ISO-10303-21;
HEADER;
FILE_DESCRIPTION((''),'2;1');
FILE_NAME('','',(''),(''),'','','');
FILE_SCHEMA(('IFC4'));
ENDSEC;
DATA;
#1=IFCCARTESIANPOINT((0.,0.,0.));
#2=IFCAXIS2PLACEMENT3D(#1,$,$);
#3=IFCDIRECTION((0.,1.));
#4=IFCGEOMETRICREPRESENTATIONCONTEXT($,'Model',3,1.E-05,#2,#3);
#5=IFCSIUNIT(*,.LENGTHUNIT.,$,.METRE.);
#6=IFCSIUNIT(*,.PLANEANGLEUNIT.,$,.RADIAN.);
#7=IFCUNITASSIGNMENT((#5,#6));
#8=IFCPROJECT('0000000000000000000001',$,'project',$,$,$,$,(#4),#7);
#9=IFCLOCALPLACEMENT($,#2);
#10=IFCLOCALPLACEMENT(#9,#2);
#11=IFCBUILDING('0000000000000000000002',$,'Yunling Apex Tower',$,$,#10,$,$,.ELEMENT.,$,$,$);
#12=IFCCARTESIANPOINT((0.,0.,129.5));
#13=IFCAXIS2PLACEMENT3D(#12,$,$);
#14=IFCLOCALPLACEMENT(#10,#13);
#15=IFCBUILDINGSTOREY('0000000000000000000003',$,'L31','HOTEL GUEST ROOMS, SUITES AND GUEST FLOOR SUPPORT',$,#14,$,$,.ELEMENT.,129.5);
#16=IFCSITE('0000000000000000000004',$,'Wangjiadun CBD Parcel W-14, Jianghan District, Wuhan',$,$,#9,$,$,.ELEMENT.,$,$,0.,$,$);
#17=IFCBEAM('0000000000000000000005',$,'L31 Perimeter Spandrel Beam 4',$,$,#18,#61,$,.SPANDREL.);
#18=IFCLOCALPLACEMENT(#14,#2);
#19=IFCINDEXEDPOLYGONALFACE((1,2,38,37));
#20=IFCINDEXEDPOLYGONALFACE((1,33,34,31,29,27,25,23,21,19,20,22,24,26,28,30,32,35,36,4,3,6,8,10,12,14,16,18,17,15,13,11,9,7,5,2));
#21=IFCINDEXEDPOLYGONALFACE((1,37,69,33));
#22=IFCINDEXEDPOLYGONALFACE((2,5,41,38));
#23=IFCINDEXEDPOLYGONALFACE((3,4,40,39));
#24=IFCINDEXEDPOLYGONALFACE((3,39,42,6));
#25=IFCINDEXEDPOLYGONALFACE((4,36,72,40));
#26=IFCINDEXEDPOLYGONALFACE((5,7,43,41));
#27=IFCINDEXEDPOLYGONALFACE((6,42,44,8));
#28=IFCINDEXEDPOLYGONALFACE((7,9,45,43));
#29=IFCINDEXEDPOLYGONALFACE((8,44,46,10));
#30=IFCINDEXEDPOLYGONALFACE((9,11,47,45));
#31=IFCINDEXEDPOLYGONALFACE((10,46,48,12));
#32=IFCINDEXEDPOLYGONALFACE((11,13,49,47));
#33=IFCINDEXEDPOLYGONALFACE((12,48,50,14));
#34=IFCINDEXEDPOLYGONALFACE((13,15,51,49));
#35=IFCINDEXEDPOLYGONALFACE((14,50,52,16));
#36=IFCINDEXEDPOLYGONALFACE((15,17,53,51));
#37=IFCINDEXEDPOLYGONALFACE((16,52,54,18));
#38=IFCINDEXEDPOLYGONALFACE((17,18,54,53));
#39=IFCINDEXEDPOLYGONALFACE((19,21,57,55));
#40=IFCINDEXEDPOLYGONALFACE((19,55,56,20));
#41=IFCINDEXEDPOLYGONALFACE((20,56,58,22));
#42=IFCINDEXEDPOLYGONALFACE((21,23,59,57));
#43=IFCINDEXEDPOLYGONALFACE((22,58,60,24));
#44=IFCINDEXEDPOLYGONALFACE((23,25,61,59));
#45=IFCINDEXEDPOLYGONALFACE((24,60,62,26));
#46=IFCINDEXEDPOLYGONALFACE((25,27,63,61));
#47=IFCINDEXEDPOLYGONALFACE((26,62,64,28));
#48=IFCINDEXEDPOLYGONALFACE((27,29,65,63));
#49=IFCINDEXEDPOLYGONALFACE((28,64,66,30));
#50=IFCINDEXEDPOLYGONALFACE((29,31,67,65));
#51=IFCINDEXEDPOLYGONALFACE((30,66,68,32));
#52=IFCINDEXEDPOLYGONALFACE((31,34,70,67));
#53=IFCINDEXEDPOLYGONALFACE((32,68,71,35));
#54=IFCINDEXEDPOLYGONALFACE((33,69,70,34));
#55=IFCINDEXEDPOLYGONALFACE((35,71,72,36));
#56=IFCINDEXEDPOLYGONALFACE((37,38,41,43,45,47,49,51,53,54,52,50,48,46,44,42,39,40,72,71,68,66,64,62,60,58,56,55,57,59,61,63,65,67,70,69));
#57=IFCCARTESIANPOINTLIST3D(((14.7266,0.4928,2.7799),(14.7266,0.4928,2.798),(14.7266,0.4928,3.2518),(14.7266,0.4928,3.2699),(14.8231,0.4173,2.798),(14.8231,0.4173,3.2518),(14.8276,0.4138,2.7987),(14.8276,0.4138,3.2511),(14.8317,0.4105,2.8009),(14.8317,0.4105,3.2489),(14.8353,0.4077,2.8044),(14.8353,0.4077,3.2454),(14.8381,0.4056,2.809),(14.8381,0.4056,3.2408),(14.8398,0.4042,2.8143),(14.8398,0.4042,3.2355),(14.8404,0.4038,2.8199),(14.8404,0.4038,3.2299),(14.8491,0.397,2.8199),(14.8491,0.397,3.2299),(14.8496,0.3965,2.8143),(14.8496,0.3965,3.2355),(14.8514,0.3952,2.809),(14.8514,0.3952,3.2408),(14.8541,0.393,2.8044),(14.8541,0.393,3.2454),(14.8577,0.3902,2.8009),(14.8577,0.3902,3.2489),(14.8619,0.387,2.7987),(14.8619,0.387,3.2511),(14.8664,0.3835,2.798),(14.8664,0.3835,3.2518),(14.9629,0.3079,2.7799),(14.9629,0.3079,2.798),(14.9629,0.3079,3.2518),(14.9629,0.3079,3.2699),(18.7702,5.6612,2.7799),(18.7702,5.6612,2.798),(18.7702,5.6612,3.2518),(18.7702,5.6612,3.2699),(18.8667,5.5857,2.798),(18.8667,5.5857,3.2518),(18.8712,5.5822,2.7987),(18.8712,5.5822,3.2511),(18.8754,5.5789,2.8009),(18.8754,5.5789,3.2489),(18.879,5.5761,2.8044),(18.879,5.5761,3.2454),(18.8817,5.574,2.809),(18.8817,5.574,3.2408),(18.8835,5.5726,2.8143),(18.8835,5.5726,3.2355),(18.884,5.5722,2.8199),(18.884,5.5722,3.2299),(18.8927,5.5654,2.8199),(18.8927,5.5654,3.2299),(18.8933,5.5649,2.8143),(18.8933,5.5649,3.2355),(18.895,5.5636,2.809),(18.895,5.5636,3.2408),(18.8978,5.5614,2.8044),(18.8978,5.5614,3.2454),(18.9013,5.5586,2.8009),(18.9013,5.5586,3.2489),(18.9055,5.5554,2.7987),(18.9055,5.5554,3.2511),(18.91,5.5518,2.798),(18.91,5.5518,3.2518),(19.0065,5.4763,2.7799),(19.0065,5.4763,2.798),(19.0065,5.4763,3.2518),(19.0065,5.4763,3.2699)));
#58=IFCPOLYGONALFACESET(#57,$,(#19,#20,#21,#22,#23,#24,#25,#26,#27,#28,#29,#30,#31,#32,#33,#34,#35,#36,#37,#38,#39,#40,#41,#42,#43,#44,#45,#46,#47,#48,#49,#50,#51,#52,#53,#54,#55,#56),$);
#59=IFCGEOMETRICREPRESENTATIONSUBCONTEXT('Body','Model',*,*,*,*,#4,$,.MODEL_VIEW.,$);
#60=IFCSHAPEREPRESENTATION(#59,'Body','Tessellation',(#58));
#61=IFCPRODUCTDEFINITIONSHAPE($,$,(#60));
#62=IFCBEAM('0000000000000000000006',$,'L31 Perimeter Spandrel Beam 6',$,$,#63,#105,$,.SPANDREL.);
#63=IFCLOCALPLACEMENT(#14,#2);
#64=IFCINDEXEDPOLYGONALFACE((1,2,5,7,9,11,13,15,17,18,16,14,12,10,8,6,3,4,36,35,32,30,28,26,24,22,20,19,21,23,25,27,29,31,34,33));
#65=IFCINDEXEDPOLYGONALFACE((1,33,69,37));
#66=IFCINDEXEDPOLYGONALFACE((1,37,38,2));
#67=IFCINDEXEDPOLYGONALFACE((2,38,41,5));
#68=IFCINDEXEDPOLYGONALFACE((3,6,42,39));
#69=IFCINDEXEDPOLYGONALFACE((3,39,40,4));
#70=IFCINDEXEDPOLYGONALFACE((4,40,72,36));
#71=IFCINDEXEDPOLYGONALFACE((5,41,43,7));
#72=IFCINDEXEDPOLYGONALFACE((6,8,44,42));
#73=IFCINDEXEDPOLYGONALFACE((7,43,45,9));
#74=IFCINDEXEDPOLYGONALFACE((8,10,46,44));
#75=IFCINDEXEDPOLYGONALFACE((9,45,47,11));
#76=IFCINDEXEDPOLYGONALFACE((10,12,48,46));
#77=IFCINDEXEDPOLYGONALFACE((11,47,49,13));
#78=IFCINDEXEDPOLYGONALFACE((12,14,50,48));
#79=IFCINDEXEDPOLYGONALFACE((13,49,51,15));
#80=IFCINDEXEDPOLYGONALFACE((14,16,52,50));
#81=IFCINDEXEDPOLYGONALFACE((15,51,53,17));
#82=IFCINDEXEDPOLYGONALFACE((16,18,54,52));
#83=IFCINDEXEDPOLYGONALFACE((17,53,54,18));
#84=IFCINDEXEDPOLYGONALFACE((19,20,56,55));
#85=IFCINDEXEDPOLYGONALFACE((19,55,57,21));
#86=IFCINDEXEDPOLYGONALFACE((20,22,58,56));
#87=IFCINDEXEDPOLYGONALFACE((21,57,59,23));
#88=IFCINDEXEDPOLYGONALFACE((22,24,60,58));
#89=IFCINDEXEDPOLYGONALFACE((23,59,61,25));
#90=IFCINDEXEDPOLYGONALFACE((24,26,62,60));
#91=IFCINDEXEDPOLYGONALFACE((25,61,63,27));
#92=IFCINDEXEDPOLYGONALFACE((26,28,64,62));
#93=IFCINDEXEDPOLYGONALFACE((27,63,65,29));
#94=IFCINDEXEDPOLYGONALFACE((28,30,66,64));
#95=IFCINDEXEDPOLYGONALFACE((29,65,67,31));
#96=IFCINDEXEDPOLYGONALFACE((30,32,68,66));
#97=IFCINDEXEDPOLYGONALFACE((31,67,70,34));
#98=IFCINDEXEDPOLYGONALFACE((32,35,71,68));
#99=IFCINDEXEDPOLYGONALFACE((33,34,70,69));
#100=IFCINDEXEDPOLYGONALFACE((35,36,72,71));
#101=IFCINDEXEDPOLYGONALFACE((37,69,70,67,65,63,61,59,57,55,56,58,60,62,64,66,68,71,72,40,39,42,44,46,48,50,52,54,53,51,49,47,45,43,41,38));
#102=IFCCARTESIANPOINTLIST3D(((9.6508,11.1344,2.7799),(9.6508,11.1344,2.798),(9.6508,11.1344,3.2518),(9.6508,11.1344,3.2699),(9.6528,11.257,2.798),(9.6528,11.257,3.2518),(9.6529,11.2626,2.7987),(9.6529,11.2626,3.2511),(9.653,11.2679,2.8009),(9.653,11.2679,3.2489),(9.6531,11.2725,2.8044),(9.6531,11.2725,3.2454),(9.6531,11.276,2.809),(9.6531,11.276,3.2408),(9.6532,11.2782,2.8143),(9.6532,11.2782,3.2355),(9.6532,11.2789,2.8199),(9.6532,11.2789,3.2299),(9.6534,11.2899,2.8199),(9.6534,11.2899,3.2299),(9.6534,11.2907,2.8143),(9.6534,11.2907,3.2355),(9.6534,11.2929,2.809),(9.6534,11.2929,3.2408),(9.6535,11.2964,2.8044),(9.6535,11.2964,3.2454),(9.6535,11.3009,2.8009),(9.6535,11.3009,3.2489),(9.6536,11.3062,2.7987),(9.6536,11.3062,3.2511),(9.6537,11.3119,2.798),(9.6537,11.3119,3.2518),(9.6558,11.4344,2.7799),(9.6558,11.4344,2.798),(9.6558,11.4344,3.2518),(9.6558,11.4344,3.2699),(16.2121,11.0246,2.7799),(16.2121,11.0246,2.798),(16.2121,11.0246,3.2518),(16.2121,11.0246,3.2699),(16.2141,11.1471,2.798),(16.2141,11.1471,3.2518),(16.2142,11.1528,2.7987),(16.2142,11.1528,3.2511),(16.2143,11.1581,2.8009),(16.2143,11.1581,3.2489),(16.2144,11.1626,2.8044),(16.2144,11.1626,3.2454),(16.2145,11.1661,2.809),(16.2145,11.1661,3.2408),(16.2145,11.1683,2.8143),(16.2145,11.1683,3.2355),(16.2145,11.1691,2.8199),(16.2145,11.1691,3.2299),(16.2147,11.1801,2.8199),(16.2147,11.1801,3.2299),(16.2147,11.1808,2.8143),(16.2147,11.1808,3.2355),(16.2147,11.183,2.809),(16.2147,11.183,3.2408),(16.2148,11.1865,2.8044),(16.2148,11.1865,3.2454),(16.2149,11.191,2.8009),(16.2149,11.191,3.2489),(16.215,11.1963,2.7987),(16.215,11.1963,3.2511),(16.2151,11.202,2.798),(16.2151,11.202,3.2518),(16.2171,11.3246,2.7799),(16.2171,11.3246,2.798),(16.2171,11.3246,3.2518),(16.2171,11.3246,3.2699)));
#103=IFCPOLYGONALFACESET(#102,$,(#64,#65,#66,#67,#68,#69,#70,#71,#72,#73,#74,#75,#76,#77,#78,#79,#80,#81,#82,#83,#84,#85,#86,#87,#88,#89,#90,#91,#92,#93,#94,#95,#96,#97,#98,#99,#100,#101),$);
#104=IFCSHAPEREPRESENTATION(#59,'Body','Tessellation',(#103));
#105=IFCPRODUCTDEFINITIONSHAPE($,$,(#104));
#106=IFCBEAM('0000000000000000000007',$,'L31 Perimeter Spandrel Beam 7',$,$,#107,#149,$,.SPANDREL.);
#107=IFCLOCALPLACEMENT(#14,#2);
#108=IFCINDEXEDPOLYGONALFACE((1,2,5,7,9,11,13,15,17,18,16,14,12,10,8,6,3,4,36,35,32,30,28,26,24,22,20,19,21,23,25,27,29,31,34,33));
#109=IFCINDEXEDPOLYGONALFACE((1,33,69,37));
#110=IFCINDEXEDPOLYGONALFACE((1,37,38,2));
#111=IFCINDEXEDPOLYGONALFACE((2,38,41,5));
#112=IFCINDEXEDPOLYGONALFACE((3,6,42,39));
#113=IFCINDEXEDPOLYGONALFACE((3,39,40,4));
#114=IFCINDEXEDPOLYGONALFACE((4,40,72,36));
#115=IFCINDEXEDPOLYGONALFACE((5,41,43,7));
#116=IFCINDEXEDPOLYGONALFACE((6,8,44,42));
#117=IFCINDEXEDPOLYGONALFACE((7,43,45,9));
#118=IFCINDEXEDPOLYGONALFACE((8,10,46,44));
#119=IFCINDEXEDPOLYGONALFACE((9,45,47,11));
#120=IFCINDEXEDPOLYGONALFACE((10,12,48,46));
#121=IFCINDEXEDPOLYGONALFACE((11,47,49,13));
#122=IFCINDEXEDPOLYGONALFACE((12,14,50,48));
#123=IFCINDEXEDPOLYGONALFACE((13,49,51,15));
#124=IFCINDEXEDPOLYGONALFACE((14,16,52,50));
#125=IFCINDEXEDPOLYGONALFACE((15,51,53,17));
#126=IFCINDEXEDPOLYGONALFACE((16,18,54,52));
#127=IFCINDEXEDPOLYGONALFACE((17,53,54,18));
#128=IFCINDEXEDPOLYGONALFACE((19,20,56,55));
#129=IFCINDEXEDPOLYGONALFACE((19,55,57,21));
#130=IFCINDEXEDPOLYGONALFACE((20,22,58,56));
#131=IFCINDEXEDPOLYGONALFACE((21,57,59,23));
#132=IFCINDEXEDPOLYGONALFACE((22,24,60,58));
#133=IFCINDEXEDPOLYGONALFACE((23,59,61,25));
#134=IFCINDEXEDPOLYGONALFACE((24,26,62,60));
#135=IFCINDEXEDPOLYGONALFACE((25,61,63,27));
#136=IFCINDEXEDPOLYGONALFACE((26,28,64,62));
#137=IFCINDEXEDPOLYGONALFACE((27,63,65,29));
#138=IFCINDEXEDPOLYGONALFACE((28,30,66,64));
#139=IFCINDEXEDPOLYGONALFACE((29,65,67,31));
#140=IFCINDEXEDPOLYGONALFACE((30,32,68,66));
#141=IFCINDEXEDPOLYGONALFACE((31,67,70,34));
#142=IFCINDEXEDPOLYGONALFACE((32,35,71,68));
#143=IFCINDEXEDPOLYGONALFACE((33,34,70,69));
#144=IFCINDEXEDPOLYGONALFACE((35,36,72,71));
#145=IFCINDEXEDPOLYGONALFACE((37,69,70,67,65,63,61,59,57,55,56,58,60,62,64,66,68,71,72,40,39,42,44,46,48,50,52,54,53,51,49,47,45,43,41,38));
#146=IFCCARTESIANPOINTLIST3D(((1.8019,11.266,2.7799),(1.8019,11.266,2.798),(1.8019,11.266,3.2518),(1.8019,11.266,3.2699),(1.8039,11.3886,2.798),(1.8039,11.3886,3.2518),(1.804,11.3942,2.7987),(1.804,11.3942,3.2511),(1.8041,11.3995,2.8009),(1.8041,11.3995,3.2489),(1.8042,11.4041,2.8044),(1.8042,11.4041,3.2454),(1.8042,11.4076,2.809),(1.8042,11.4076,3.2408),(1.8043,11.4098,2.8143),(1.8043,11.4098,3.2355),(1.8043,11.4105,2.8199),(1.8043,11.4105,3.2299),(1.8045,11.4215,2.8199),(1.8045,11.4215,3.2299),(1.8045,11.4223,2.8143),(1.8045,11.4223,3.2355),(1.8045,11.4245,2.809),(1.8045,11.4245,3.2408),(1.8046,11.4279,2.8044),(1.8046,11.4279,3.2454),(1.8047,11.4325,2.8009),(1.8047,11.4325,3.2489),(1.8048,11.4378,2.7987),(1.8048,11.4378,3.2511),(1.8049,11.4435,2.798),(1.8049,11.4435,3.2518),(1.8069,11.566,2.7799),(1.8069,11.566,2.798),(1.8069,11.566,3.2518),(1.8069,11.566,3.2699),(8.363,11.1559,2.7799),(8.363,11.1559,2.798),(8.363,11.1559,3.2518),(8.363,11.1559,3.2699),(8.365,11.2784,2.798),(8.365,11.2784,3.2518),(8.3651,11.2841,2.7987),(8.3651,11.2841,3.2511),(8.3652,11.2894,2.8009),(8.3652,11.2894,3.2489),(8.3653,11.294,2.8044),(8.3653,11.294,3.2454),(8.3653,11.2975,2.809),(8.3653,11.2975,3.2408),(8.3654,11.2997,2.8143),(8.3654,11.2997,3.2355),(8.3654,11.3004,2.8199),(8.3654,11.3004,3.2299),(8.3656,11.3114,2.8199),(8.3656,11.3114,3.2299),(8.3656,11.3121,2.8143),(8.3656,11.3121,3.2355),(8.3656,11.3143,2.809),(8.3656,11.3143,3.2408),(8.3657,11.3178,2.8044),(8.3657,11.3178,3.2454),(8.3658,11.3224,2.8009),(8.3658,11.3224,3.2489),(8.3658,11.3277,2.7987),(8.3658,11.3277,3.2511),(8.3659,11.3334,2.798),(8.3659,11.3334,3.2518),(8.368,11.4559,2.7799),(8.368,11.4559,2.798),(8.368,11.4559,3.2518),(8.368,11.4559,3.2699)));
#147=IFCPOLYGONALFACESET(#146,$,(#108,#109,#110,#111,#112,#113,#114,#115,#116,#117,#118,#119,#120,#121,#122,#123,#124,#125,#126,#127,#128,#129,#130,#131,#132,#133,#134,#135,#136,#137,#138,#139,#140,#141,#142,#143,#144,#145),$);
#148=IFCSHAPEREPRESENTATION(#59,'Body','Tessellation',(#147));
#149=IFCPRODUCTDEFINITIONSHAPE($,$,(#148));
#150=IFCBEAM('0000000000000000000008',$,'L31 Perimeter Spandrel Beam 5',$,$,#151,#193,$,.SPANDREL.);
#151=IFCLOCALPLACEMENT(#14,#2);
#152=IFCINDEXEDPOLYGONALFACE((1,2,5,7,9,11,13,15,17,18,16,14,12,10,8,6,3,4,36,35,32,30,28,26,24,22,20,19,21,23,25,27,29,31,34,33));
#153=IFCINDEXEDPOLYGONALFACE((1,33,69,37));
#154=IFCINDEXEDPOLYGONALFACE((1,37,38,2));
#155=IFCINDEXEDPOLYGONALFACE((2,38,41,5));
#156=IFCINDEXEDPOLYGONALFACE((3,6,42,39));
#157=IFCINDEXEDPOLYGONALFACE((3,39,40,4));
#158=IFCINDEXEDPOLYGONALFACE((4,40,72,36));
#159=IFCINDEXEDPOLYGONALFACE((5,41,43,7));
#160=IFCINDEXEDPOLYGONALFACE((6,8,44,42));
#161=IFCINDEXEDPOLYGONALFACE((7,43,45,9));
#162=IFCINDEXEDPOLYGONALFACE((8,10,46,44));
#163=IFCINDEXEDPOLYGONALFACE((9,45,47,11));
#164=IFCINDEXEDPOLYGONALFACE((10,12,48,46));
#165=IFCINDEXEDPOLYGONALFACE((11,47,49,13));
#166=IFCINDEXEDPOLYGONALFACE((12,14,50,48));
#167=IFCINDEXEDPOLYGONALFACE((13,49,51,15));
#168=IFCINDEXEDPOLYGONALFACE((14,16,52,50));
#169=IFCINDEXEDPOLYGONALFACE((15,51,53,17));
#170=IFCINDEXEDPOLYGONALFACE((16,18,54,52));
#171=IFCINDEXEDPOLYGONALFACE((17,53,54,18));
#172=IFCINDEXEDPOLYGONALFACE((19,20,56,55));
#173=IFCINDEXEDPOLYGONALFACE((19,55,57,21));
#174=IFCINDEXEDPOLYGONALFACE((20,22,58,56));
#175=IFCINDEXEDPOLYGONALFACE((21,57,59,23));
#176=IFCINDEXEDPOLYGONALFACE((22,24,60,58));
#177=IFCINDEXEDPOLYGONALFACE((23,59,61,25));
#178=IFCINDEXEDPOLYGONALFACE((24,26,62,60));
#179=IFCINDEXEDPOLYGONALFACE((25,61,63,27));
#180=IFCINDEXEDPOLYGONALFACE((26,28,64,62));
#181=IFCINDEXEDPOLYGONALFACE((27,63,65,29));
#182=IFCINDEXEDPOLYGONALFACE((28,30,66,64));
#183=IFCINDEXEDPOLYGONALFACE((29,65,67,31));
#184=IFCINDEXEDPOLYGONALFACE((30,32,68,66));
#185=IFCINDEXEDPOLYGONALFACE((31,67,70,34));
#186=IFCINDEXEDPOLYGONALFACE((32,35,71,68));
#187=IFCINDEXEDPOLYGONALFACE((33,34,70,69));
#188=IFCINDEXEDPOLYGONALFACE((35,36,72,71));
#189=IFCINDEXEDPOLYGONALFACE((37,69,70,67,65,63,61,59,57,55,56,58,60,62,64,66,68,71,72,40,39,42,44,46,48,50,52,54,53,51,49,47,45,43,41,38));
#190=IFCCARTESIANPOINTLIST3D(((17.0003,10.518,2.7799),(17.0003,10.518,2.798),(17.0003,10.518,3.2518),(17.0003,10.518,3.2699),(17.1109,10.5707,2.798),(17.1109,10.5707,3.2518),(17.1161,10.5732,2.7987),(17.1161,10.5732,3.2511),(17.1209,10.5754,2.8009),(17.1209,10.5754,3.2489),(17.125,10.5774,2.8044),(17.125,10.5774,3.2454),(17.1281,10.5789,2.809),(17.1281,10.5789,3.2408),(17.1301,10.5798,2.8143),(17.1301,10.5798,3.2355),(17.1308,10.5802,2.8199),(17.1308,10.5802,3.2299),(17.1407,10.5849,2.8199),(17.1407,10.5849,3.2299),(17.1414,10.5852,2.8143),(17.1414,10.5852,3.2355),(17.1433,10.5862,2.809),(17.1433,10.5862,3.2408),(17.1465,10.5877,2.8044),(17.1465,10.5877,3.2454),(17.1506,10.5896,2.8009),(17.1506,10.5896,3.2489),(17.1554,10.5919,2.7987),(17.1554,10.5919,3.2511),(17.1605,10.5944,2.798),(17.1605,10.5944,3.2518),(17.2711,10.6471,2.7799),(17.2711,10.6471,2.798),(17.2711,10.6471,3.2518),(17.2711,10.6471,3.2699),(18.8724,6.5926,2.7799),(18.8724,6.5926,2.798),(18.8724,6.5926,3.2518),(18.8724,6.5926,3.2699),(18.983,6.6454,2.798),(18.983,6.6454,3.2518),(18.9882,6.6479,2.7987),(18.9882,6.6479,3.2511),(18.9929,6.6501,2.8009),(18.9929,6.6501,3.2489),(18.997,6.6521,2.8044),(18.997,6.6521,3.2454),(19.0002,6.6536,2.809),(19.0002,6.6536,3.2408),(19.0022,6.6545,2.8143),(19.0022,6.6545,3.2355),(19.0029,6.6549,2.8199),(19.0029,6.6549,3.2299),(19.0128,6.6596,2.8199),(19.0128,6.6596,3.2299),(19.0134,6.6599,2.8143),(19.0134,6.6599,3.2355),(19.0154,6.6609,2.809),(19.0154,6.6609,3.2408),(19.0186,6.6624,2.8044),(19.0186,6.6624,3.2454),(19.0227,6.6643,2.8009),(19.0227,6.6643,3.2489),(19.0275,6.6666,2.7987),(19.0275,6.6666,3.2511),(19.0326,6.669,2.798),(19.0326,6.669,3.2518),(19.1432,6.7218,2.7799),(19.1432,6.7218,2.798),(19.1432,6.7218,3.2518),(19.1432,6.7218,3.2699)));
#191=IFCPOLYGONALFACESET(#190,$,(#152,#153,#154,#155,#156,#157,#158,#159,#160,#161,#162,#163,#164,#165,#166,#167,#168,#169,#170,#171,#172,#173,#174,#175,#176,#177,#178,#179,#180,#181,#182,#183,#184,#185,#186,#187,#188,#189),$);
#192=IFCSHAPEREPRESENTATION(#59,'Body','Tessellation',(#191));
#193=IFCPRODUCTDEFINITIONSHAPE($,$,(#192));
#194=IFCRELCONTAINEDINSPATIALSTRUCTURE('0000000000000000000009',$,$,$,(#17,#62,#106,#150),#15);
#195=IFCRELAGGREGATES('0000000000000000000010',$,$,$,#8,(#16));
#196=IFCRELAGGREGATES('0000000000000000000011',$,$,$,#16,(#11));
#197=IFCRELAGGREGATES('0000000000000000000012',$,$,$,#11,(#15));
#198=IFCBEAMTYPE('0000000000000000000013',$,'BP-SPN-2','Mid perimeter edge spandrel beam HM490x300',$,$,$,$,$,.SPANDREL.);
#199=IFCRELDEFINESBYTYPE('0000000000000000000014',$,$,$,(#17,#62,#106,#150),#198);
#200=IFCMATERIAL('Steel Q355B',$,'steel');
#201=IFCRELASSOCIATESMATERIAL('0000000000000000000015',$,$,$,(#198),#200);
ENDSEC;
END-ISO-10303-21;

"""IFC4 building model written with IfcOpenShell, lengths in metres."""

from ifc_helpers import new_model, si_unit, direction, frame, origin, origin_2d, place, context, subcontext, project, spatial, i_section, extrude, source, transform, mapped, material, material_profile, profile_set, type_object, element, save


model = new_model("IFC4")

# Units and contexts
model_context = context("Model", 3, precision=1e-05, world=origin(), true_north=direction((0.0, 1.0)))
body_context = subcontext(model_context, "Body", "Model", "MODEL_VIEW")
ifc_project = project(units=[si_unit("LENGTHUNIT", "METRE"), si_unit("PLANEANGLEUNIT", "RADIAN")], contexts=[model_context])

# Site, building, storey
site_placement = place(None, origin())
site = spatial("IfcSite", under=ifc_project, at=site_placement, Name="Wangjiadun CBD Parcel W-14, Jianghan District, Wuhan", CompositionType="ELEMENT", RefElevation=0.0)
building_placement = place(site_placement, origin())
building = spatial("IfcBuilding", under=site, at=building_placement, Name="Yunling Apex Tower", CompositionType="ELEMENT")
storey_placement = place(building_placement, frame((0.0, 0.0, 129.5)))
storey = spatial("IfcBuildingStorey", under=building, at=storey_placement, Name="L31", Description="HOTEL GUEST ROOMS, SUITES AND GUEST FLOOR SUPPORT", CompositionType="ELEMENT", Elevation=129.5)

# Beams
ifc_material_1 = material(Name="Steel Q355B", Category="steel")
ifc_material_profile_1 = material_profile(ifc_material_1, i_section(OverallWidth=0.3, OverallDepth=0.49, WebThickness=0.011, FlangeThickness=0.0181, FilletRadius=0.022, at=origin_2d()))
ifc_profile_set_1 = profile_set([ifc_material_profile_1], Name="Steel Q355B")
beam_type_1 = type_object("IfcBeamType", Name="BP-SPN-2", Description="Mid perimeter edge spandrel beam HM490x300", PredefinedType="SPANDREL", material=ifc_profile_set_1)
shared_shape_1 = source(origin(), body_context, "Body", "SweptSolid", [
    extrude(i_section(OverallWidth=0.3, OverallDepth=0.49, WebThickness=0.011, FlangeThickness=0.0181, FilletRadius=0.022, at=origin_2d()), origin(), (0.0, 0.0, 1.0), 6.5623),
])
for number, where, z_axis, x_axis, name in (
    (1, (14.8447, 0.4004, 3.0249), (0.616197, 0.787592, 0.0), (-0.787592, 0.616197, 0.0), "L31 Perimeter Spandrel Beam 4"),
    (2, (16.2146, 11.1746, 3.0249), (-0.99986, 0.016742, 0.0), (-0.016742, -0.99986, 0.0), "L31 Perimeter Spandrel Beam 6"),
):
    element("IfcBeam", number, at=place(storey_placement, frame(where, z_axis=z_axis, x_axis=x_axis)), inside=storey, type_object=beam_type_1, Name=name, PredefinedType="SPANDREL", context=body_context, shape_type="MappedRepresentation", body=[
        mapped(shared_shape_1, transform((0.0, 0.0, 0.0), scale=1.0)),
    ])
shared_shape_2 = source(origin(), body_context, "Body", "SweptSolid", [
    extrude(i_section(OverallWidth=0.3, OverallDepth=0.49, WebThickness=0.011, FlangeThickness=0.0181, FilletRadius=0.022, at=origin_2d()), origin(), (0.0, 0.0, 1.0), 6.562),
])
beam_1_placement = place(storey_placement, frame((8.3655, 11.3059, 3.0249), z_axis=(-0.999859, 0.01678, 0.0), x_axis=(-0.01678, -0.999859, 0.0)))
element("IfcBeam", 3, at=beam_1_placement, inside=storey, type_object=beam_type_1, Name="L31 Perimeter Spandrel Beam 7", PredefinedType="SPANDREL", context=body_context, shape_type="MappedRepresentation", body=[
    mapped(shared_shape_2, transform((0.0, 0.0, 0.0), scale=1.0)),
])
shared_shape_3 = source(origin(), body_context, "Body", "SweptSolid", [
    extrude(i_section(OverallWidth=0.3, OverallDepth=0.49, WebThickness=0.011, FlangeThickness=0.0181, FilletRadius=0.022, at=origin_2d()), origin(), (0.0, 0.0, 1.0), 4.3489),
])
beam_2_placement = place(storey_placement, frame((19.0078, 6.6572, 3.0249), z_axis=(-0.430474, 0.902603, 0.0), x_axis=(-0.902603, -0.430474, 0.0)))
element("IfcBeam", 4, at=beam_2_placement, inside=storey, type_object=beam_type_1, Name="L31 Perimeter Spandrel Beam 5", PredefinedType="SPANDREL", context=body_context, shape_type="MappedRepresentation", body=[
    mapped(shared_shape_3, transform((0.0, 0.0, 0.0), scale=1.0)),
])

save(model, "model.ifc")
